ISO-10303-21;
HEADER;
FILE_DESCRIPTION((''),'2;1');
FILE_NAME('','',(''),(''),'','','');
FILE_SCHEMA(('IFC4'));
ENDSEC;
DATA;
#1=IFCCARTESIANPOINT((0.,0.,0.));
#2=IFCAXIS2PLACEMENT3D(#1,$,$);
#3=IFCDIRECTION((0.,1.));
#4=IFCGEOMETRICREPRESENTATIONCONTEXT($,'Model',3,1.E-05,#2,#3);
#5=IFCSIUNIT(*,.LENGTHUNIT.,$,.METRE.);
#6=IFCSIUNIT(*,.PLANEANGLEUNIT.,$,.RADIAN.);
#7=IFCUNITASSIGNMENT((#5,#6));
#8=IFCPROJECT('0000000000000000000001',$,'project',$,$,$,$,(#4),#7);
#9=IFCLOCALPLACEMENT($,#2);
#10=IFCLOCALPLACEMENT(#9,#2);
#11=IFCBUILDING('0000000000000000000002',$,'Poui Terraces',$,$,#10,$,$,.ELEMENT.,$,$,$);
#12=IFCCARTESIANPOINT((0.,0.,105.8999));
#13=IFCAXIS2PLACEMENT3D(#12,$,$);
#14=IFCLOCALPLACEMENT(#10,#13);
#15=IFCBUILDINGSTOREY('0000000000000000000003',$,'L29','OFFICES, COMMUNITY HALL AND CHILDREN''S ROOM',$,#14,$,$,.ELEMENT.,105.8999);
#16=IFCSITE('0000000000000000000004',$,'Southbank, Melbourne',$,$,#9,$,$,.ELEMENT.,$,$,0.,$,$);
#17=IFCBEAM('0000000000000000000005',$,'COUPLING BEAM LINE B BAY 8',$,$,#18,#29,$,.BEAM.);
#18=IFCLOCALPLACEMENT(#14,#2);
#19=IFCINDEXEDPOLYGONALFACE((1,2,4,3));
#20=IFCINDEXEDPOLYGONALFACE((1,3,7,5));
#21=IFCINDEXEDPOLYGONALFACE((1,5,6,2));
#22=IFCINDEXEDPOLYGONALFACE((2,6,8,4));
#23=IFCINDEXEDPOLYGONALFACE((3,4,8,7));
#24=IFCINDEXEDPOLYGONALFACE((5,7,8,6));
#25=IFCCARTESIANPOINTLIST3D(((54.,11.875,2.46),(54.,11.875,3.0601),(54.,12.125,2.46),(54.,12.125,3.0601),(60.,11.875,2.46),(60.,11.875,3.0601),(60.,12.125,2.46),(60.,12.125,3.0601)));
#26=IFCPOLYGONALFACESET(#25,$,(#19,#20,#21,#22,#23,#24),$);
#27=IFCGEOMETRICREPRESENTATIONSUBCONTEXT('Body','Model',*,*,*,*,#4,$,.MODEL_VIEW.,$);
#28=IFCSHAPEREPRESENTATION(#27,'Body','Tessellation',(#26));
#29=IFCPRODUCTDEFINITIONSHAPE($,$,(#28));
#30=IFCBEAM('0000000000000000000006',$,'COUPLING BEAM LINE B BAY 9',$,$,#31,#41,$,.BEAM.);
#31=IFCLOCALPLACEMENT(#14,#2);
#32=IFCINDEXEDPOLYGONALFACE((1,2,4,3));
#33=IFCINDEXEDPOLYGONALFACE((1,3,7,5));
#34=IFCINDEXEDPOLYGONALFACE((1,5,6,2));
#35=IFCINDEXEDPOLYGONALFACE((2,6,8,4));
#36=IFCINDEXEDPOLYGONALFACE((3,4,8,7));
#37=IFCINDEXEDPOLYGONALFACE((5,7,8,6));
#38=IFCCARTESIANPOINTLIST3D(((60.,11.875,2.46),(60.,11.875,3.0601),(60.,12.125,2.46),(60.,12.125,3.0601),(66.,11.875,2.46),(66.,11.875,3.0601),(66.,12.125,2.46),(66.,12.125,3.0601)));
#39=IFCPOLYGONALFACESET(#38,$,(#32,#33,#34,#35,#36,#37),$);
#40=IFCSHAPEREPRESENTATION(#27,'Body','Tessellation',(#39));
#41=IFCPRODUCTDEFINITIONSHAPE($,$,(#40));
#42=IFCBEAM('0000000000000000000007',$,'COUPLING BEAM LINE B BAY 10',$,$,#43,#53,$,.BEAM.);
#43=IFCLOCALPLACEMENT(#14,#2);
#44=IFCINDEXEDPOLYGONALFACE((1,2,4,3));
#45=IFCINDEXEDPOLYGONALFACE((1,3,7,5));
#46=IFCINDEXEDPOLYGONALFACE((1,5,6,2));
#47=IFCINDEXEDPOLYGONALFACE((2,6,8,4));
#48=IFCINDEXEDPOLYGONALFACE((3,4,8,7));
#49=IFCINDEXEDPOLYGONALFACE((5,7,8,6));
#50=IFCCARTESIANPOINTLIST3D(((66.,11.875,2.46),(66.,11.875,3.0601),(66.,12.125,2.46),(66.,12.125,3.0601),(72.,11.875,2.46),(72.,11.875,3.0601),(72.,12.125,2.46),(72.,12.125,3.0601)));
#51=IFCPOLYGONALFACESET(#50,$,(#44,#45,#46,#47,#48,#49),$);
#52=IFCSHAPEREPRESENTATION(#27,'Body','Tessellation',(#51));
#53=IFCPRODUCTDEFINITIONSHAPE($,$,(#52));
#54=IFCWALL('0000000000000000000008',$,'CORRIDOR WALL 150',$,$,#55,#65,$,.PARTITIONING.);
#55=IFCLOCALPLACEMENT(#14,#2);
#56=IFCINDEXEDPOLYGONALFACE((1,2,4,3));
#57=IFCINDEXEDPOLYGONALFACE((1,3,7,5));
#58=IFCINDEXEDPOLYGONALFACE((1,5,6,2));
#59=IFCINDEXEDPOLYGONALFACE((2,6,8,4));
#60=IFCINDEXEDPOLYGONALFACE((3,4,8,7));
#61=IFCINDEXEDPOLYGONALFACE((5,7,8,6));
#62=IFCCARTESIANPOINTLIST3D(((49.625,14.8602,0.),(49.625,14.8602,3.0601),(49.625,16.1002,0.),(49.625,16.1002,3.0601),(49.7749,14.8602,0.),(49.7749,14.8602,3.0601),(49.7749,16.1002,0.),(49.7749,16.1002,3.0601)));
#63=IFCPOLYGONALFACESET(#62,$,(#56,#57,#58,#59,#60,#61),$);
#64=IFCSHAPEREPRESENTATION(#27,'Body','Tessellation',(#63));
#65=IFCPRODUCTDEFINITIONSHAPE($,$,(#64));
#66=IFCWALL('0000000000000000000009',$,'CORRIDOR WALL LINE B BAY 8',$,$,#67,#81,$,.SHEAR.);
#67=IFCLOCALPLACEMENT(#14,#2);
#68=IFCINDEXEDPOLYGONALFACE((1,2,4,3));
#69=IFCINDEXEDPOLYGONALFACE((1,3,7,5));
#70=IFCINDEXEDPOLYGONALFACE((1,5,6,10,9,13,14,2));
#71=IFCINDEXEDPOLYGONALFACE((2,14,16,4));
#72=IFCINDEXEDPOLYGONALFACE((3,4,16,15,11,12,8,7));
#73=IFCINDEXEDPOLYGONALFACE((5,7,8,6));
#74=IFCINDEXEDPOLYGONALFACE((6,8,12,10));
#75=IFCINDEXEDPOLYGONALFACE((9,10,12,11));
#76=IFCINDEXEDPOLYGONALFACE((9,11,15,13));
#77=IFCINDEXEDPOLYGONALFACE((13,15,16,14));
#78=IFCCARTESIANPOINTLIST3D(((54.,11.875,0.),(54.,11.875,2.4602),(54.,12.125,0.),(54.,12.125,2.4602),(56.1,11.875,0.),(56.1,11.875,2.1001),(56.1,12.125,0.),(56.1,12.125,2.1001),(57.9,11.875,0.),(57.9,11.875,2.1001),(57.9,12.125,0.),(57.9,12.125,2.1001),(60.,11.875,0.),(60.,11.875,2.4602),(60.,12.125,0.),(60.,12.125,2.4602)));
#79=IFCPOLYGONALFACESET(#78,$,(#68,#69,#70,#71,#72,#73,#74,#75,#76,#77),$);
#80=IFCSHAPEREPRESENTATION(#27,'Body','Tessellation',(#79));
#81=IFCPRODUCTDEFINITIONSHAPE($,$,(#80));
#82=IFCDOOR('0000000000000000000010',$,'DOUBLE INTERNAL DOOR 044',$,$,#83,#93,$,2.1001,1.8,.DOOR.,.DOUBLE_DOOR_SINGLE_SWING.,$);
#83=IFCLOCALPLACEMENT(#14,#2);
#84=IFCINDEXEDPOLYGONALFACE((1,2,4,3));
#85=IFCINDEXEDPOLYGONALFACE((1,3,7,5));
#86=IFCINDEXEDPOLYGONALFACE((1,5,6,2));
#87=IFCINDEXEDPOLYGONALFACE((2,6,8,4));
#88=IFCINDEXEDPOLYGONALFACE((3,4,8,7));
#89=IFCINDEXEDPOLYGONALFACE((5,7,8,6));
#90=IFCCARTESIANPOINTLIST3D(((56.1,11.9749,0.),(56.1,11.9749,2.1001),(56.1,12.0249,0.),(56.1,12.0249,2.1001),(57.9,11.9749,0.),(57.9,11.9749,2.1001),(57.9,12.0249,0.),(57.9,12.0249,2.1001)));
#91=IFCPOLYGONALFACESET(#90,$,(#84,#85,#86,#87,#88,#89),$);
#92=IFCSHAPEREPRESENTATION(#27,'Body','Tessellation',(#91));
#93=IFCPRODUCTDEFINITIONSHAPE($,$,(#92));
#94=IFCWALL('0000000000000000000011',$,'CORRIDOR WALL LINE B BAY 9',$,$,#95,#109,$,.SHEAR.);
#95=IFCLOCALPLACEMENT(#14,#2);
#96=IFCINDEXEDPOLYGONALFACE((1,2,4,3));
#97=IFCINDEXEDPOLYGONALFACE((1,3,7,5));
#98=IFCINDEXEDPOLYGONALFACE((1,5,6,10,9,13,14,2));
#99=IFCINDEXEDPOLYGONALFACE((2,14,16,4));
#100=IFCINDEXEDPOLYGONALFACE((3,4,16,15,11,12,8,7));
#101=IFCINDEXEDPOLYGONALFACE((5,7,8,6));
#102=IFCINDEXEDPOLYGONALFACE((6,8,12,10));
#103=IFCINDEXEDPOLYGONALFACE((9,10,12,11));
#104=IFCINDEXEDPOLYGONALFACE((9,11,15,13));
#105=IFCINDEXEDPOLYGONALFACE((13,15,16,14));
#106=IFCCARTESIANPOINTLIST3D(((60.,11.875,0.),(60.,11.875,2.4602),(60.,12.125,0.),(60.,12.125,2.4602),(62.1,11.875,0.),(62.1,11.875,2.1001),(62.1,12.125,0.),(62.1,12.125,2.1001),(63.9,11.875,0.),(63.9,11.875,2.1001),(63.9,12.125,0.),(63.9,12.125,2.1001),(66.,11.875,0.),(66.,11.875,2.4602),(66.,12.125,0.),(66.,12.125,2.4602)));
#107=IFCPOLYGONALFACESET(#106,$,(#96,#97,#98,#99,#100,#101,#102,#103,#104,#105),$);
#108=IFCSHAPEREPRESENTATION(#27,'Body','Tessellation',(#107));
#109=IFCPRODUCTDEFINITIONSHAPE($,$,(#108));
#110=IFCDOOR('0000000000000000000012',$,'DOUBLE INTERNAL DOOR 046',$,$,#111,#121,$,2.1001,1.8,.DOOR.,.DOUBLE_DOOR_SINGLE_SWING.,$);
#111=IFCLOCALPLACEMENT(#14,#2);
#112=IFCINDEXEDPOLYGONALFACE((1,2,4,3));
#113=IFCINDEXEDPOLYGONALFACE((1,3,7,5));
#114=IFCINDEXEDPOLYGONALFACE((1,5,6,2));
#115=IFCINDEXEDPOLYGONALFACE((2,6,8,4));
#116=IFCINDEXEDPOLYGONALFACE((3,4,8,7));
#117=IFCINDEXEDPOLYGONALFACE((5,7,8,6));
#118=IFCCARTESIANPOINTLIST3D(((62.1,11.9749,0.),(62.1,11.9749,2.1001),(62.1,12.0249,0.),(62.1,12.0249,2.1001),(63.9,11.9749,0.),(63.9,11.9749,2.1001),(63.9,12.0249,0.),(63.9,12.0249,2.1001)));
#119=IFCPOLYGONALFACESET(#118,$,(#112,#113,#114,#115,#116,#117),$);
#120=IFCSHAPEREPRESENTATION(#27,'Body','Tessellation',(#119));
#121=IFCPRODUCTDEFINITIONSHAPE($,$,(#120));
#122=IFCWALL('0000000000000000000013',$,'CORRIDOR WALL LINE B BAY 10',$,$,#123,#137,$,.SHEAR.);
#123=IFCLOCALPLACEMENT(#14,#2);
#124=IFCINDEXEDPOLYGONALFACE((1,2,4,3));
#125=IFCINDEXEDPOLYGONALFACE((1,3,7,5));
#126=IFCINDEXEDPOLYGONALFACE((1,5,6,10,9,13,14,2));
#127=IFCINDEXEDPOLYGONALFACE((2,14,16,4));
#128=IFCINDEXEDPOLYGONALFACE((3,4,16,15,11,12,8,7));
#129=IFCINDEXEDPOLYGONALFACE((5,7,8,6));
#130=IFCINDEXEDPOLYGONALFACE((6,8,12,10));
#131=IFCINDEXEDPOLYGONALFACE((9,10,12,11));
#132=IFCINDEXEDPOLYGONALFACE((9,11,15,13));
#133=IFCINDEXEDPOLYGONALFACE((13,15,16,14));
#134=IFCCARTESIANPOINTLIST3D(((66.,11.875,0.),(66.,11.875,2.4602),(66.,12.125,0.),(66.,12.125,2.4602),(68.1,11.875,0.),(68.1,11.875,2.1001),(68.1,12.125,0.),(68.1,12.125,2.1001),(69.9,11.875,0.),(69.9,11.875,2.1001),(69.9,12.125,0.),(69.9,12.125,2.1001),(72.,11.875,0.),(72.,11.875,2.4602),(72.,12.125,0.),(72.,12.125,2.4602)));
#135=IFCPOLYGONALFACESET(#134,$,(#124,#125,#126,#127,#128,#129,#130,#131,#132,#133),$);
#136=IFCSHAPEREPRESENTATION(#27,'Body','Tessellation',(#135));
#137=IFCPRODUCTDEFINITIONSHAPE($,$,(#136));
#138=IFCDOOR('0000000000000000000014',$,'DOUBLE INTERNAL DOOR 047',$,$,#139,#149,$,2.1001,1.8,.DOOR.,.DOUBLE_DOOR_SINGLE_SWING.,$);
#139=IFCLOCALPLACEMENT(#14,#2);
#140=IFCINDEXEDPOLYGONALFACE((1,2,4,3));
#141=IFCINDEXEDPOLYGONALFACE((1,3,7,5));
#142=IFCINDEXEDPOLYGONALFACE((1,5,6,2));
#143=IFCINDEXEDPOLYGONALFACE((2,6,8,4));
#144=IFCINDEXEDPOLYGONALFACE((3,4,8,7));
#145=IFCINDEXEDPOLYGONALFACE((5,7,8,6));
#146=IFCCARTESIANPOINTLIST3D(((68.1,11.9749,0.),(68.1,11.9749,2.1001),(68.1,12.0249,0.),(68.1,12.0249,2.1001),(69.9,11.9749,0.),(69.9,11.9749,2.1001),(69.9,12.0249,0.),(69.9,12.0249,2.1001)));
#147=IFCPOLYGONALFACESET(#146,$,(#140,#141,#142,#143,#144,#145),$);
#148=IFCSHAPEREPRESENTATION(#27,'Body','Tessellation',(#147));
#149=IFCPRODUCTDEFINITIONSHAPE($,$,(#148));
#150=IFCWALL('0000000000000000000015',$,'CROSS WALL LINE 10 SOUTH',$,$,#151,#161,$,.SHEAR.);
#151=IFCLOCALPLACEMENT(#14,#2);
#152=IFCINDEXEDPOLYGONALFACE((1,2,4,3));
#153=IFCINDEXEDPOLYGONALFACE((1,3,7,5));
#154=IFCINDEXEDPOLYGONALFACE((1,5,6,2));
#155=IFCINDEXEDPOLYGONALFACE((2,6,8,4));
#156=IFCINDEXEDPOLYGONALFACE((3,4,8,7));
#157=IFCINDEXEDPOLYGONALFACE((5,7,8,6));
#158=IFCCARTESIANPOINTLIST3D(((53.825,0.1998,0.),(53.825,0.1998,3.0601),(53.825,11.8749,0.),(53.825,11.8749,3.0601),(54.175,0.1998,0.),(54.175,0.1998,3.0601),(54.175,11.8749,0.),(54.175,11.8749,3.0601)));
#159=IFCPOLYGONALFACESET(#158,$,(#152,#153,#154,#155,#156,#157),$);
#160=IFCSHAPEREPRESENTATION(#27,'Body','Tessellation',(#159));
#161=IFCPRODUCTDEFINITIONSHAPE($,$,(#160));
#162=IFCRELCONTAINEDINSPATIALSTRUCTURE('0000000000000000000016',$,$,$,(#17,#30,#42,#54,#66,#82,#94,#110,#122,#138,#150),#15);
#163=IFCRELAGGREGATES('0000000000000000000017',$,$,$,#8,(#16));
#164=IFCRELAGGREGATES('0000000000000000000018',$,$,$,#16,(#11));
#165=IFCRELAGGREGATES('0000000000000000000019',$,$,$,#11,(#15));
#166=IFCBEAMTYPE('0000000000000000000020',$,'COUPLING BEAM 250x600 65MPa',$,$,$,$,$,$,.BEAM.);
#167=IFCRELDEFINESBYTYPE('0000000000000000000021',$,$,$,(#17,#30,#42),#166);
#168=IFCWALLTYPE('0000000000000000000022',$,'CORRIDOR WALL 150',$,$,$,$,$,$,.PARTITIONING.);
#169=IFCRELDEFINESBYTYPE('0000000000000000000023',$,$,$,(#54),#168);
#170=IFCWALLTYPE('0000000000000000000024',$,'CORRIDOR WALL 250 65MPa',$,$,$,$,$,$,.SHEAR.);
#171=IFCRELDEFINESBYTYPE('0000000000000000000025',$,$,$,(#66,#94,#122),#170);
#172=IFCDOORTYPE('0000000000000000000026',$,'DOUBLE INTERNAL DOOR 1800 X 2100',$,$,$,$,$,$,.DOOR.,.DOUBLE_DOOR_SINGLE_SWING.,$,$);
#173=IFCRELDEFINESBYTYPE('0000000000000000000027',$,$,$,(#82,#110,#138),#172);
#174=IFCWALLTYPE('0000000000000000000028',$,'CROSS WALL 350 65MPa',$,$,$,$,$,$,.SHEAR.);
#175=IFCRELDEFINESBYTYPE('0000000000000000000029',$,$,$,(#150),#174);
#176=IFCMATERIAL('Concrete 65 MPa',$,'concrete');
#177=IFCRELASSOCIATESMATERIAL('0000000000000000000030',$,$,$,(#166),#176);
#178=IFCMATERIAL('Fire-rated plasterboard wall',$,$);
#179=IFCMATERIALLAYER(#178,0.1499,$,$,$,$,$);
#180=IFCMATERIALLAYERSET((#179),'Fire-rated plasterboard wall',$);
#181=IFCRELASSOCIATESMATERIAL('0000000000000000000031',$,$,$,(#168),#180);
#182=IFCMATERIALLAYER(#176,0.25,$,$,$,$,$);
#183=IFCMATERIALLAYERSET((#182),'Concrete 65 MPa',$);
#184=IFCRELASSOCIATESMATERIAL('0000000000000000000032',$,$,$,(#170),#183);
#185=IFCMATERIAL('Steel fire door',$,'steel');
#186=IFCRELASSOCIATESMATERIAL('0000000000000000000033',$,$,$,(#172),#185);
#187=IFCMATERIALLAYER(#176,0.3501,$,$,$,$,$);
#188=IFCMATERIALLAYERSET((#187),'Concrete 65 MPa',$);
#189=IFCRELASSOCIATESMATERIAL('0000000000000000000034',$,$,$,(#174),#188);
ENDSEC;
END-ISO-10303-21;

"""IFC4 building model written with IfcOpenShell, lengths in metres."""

from ifc_helpers import new_model, si_unit, direction, frame, frame_2d, origin, origin_2d, place, context, subcontext, project, spatial, rectangle, extrude, source, transform, mapped, material, layer, layer_set, material_profile, profile_set, type_object, element, fill, save


model = new_model("IFC4")

# Units and contexts
model_context = context("Model", 3, precision=1e-05, world=origin(), true_north=direction((0.0, 1.0)))
body_context = subcontext(model_context, "Body", "Model", "MODEL_VIEW")
ifc_project = project(units=[si_unit("LENGTHUNIT", "METRE"), si_unit("PLANEANGLEUNIT", "RADIAN")], contexts=[model_context])

# Site, building, storey
site_placement = place(None, origin())
site = spatial("IfcSite", under=ifc_project, at=site_placement, Name="Southbank, Melbourne", CompositionType="ELEMENT", RefElevation=0.0)
building_placement = place(site_placement, origin())
building = spatial("IfcBuilding", under=site, at=building_placement, Name="Poui Terraces", CompositionType="ELEMENT")
storey_placement = place(building_placement, frame((0.0, 0.0, 105.8999)))
storey = spatial("IfcBuildingStorey", under=building, at=storey_placement, Name="L29", Description="OFFICES, COMMUNITY HALL AND CHILDREN'S ROOM", CompositionType="ELEMENT", Elevation=105.8999)

# Beams
ifc_material_1 = material(Name="Concrete 65 MPa", Category="concrete")
ifc_material_profile = material_profile(ifc_material_1, rectangle(XDim=0.25, YDim=0.6001, at=origin_2d()), Name="RC 250x600")
ifc_profile_set = profile_set([ifc_material_profile], Name="Concrete 65 MPa")
beam_type = type_object("IfcBeamType", Name="COUPLING BEAM 250x600 65MPa", PredefinedType="BEAM", material=ifc_profile_set)
shared_shape = source(origin(), body_context, "Body", "SweptSolid", [
    extrude(rectangle(XDim=0.25, YDim=0.6001, at=origin_2d()), origin(), (0.0, 0.0, 1.0), 6.0),
])
for number, where, z_axis, x_axis, name in (
    (1, (54.0, 12.0, 2.76), (1.0, 0.0, 0.0), (0.0, 1.0, 0.0), "COUPLING BEAM LINE B BAY 8"),
    (2, (60.0, 12.0, 2.76), (1.0, 0.0, 0.0), (0.0, 1.0, 0.0), "COUPLING BEAM LINE B BAY 9"),
    (3, (66.0, 12.0, 2.76), (1.0, 0.0, 0.0), (0.0, 1.0, 0.0), "COUPLING BEAM LINE B BAY 10"),
):
    element("IfcBeam", number, at=place(storey_placement, frame(where, z_axis=z_axis, x_axis=x_axis)), inside=storey, type_object=beam_type, Name=name, PredefinedType="BEAM", context=body_context, shape_type="MappedRepresentation", body=[
        mapped(shared_shape, transform((0.0, 0.0, 0.0))),
    ])

# Wall
ifc_material_2 = material(Name="Fire-rated plasterboard wall")
ifc_layer_1 = layer(ifc_material_2, 0.1499)
ifc_layer_set_1 = layer_set([ifc_layer_1], Name="Fire-rated plasterboard wall")
wall_type_1 = type_object("IfcWallType", Name="CORRIDOR WALL 150", PredefinedType="PARTITIONING", material=ifc_layer_set_1)
wall_1_placement = place(storey_placement, frame((49.7, 14.8601, 0.0), z_axis=(0.0, 0.0, 1.0), x_axis=(0.0, 1.0, 0.0)))
element("IfcWall", 4, at=wall_1_placement, inside=storey, type_object=wall_type_1, Name="CORRIDOR WALL 150", PredefinedType="PARTITIONING", context=body_context, shape_type="SweptSolid", body=[
    extrude(rectangle(XDim=1.24, YDim=0.1499, at=frame_2d((0.6201, 0.0))), origin(), (0.0, 0.0, 1.0), 3.0601),
])

# Walls, openings, doors
ifc_layer_2 = layer(ifc_material_1, 0.25)
ifc_layer_set_2 = layer_set([ifc_layer_2], Name="Concrete 65 MPa")
wall_type_2 = type_object("IfcWallType", Name="CORRIDOR WALL 250 65MPa", PredefinedType="SHEAR", material=ifc_layer_set_2)
wall_2_placement = place(storey_placement, frame((54.0, 12.0, 0.0), z_axis=(0.0, 0.0, 1.0), x_axis=(1.0, 0.0, 0.0)))
wall_2 = element("IfcWall", 5, at=wall_2_placement, inside=storey, type_object=wall_type_2, Name="CORRIDOR WALL LINE B BAY 8", PredefinedType="SHEAR", context=body_context, shape_type="SweptSolid", body=[
    extrude(rectangle(XDim=6.0, YDim=0.25, at=frame_2d((3.0, 0.0))), origin(), (0.0, 0.0, 1.0), 2.4602),
])
opening_1_placement = place(wall_2_placement, frame((2.1001, 0.0, 0.0)))
opening_1 = element("IfcOpeningElement", 6, at=opening_1_placement, cuts=wall_2, PredefinedType="OPENING", context=body_context, shape_type="SweptSolid", body=[
    extrude(rectangle(XDim=1.8, YDim=2.1001, at=frame_2d((0.8999, 1.05))), frame((0.0, 0.135, 0.0), z_axis=(0.0, -1.0, 0.0), x_axis=(1.0, 0.0, 0.0)), (0.0, 0.0, 1.0), 0.27),
])
ifc_material_3 = material(Name="Steel fire door", Category="steel")
door_type_1 = type_object("IfcDoorType", Name="DOUBLE INTERNAL DOOR 1800 X 2100", OperationType="DOUBLE_DOOR_SINGLE_SWING", PredefinedType="DOOR", material=ifc_material_3)
door_1_placement = place(opening_1_placement, origin())
door_1 = element("IfcDoor", 7, at=door_1_placement, inside=storey, type_object=door_type_1, Name="DOUBLE INTERNAL DOOR 044", OperationType="DOUBLE_DOOR_SINGLE_SWING", OverallHeight=2.1001, OverallWidth=1.8, PredefinedType="DOOR", context=body_context, shape_type="SweptSolid", body=[
    extrude(rectangle(XDim=1.8, YDim=2.1001, at=frame_2d((0.8999, 1.05))), frame((0.0, 0.0249, 0.0), z_axis=(0.0, -1.0, 0.0), x_axis=(1.0, 0.0, 0.0)), (0.0, 0.0, 1.0), 0.05),
])
fill(opening_1, door_1)
wall_3_placement = place(storey_placement, frame((60.0, 12.0, 0.0), z_axis=(0.0, 0.0, 1.0), x_axis=(1.0, 0.0, 0.0)))
wall_3 = element("IfcWall", 8, at=wall_3_placement, inside=storey, type_object=wall_type_2, Name="CORRIDOR WALL LINE B BAY 9", PredefinedType="SHEAR", context=body_context, shape_type="SweptSolid", body=[
    extrude(rectangle(XDim=6.0, YDim=0.25, at=frame_2d((3.0, 0.0))), origin(), (0.0, 0.0, 1.0), 2.4602),
])
opening_2_placement = place(wall_3_placement, frame((2.1001, 0.0, 0.0)))
opening_2 = element("IfcOpeningElement", 9, at=opening_2_placement, cuts=wall_3, PredefinedType="OPENING", context=body_context, shape_type="SweptSolid", body=[
    extrude(rectangle(XDim=1.8, YDim=2.1001, at=frame_2d((0.8999, 1.05))), frame((0.0, 0.135, 0.0), z_axis=(0.0, -1.0, 0.0), x_axis=(1.0, 0.0, 0.0)), (0.0, 0.0, 1.0), 0.27),
])
door_2_placement = place(opening_2_placement, origin())
door_2 = element("IfcDoor", 10, at=door_2_placement, inside=storey, type_object=door_type_1, Name="DOUBLE INTERNAL DOOR 046", OperationType="DOUBLE_DOOR_SINGLE_SWING", OverallHeight=2.1001, OverallWidth=1.8, PredefinedType="DOOR", context=body_context, shape_type="SweptSolid", body=[
    extrude(rectangle(XDim=1.8, YDim=2.1001, at=frame_2d((0.8999, 1.05))), frame((0.0, 0.0249, 0.0), z_axis=(0.0, -1.0, 0.0), x_axis=(1.0, 0.0, 0.0)), (0.0, 0.0, 1.0), 0.05),
])
fill(opening_2, door_2)
wall_4_placement = place(storey_placement, frame((66.0, 12.0, 0.0), z_axis=(0.0, 0.0, 1.0), x_axis=(1.0, 0.0, 0.0)))
wall_4 = element("IfcWall", 11, at=wall_4_placement, inside=storey, type_object=wall_type_2, Name="CORRIDOR WALL LINE B BAY 10", PredefinedType="SHEAR", context=body_context, shape_type="SweptSolid", body=[
    extrude(rectangle(XDim=6.0, YDim=0.25, at=frame_2d((3.0, 0.0))), origin(), (0.0, 0.0, 1.0), 2.4602),
])
opening_3_placement = place(wall_4_placement, frame((2.1001, 0.0, 0.0)))
opening_3 = element("IfcOpeningElement", 12, at=opening_3_placement, cuts=wall_4, PredefinedType="OPENING", context=body_context, shape_type="SweptSolid", body=[
    extrude(rectangle(XDim=1.8, YDim=2.1001, at=frame_2d((0.8999, 1.05))), frame((0.0, 0.135, 0.0), z_axis=(0.0, -1.0, 0.0), x_axis=(1.0, 0.0, 0.0)), (0.0, 0.0, 1.0), 0.27),
])
door_3_placement = place(opening_3_placement, origin())
door_3 = element("IfcDoor", 13, at=door_3_placement, inside=storey, type_object=door_type_1, Name="DOUBLE INTERNAL DOOR 047", OperationType="DOUBLE_DOOR_SINGLE_SWING", OverallHeight=2.1001, OverallWidth=1.8, PredefinedType="DOOR", context=body_context, shape_type="SweptSolid", body=[
    extrude(rectangle(XDim=1.8, YDim=2.1001, at=frame_2d((0.8999, 1.05))), frame((0.0, 0.0249, 0.0), z_axis=(0.0, -1.0, 0.0), x_axis=(1.0, 0.0, 0.0)), (0.0, 0.0, 1.0), 0.05),
])
fill(opening_3, door_3)

# Wall
ifc_layer_3 = layer(ifc_material_1, 0.3501)
ifc_layer_set_3 = layer_set([ifc_layer_3], Name="Concrete 65 MPa")
wall_type_3 = type_object("IfcWallType", Name="CROSS WALL 350 65MPa", PredefinedType="SHEAR", material=ifc_layer_set_3)
wall_5_placement = place(storey_placement, frame((54.0, 0.2, 0.0), z_axis=(0.0, 0.0, 1.0), x_axis=(0.0, 1.0, 0.0)))
element("IfcWall", 14, at=wall_5_placement, inside=storey, type_object=wall_type_3, Name="CROSS WALL LINE 10 SOUTH", PredefinedType="SHEAR", context=body_context, shape_type="SweptSolid", body=[
    extrude(rectangle(XDim=11.675, YDim=0.3501, at=frame_2d((5.8374, 0.0))), origin(), (0.0, 0.0, 1.0), 3.0601),
])

save(model, "model.ifc")
